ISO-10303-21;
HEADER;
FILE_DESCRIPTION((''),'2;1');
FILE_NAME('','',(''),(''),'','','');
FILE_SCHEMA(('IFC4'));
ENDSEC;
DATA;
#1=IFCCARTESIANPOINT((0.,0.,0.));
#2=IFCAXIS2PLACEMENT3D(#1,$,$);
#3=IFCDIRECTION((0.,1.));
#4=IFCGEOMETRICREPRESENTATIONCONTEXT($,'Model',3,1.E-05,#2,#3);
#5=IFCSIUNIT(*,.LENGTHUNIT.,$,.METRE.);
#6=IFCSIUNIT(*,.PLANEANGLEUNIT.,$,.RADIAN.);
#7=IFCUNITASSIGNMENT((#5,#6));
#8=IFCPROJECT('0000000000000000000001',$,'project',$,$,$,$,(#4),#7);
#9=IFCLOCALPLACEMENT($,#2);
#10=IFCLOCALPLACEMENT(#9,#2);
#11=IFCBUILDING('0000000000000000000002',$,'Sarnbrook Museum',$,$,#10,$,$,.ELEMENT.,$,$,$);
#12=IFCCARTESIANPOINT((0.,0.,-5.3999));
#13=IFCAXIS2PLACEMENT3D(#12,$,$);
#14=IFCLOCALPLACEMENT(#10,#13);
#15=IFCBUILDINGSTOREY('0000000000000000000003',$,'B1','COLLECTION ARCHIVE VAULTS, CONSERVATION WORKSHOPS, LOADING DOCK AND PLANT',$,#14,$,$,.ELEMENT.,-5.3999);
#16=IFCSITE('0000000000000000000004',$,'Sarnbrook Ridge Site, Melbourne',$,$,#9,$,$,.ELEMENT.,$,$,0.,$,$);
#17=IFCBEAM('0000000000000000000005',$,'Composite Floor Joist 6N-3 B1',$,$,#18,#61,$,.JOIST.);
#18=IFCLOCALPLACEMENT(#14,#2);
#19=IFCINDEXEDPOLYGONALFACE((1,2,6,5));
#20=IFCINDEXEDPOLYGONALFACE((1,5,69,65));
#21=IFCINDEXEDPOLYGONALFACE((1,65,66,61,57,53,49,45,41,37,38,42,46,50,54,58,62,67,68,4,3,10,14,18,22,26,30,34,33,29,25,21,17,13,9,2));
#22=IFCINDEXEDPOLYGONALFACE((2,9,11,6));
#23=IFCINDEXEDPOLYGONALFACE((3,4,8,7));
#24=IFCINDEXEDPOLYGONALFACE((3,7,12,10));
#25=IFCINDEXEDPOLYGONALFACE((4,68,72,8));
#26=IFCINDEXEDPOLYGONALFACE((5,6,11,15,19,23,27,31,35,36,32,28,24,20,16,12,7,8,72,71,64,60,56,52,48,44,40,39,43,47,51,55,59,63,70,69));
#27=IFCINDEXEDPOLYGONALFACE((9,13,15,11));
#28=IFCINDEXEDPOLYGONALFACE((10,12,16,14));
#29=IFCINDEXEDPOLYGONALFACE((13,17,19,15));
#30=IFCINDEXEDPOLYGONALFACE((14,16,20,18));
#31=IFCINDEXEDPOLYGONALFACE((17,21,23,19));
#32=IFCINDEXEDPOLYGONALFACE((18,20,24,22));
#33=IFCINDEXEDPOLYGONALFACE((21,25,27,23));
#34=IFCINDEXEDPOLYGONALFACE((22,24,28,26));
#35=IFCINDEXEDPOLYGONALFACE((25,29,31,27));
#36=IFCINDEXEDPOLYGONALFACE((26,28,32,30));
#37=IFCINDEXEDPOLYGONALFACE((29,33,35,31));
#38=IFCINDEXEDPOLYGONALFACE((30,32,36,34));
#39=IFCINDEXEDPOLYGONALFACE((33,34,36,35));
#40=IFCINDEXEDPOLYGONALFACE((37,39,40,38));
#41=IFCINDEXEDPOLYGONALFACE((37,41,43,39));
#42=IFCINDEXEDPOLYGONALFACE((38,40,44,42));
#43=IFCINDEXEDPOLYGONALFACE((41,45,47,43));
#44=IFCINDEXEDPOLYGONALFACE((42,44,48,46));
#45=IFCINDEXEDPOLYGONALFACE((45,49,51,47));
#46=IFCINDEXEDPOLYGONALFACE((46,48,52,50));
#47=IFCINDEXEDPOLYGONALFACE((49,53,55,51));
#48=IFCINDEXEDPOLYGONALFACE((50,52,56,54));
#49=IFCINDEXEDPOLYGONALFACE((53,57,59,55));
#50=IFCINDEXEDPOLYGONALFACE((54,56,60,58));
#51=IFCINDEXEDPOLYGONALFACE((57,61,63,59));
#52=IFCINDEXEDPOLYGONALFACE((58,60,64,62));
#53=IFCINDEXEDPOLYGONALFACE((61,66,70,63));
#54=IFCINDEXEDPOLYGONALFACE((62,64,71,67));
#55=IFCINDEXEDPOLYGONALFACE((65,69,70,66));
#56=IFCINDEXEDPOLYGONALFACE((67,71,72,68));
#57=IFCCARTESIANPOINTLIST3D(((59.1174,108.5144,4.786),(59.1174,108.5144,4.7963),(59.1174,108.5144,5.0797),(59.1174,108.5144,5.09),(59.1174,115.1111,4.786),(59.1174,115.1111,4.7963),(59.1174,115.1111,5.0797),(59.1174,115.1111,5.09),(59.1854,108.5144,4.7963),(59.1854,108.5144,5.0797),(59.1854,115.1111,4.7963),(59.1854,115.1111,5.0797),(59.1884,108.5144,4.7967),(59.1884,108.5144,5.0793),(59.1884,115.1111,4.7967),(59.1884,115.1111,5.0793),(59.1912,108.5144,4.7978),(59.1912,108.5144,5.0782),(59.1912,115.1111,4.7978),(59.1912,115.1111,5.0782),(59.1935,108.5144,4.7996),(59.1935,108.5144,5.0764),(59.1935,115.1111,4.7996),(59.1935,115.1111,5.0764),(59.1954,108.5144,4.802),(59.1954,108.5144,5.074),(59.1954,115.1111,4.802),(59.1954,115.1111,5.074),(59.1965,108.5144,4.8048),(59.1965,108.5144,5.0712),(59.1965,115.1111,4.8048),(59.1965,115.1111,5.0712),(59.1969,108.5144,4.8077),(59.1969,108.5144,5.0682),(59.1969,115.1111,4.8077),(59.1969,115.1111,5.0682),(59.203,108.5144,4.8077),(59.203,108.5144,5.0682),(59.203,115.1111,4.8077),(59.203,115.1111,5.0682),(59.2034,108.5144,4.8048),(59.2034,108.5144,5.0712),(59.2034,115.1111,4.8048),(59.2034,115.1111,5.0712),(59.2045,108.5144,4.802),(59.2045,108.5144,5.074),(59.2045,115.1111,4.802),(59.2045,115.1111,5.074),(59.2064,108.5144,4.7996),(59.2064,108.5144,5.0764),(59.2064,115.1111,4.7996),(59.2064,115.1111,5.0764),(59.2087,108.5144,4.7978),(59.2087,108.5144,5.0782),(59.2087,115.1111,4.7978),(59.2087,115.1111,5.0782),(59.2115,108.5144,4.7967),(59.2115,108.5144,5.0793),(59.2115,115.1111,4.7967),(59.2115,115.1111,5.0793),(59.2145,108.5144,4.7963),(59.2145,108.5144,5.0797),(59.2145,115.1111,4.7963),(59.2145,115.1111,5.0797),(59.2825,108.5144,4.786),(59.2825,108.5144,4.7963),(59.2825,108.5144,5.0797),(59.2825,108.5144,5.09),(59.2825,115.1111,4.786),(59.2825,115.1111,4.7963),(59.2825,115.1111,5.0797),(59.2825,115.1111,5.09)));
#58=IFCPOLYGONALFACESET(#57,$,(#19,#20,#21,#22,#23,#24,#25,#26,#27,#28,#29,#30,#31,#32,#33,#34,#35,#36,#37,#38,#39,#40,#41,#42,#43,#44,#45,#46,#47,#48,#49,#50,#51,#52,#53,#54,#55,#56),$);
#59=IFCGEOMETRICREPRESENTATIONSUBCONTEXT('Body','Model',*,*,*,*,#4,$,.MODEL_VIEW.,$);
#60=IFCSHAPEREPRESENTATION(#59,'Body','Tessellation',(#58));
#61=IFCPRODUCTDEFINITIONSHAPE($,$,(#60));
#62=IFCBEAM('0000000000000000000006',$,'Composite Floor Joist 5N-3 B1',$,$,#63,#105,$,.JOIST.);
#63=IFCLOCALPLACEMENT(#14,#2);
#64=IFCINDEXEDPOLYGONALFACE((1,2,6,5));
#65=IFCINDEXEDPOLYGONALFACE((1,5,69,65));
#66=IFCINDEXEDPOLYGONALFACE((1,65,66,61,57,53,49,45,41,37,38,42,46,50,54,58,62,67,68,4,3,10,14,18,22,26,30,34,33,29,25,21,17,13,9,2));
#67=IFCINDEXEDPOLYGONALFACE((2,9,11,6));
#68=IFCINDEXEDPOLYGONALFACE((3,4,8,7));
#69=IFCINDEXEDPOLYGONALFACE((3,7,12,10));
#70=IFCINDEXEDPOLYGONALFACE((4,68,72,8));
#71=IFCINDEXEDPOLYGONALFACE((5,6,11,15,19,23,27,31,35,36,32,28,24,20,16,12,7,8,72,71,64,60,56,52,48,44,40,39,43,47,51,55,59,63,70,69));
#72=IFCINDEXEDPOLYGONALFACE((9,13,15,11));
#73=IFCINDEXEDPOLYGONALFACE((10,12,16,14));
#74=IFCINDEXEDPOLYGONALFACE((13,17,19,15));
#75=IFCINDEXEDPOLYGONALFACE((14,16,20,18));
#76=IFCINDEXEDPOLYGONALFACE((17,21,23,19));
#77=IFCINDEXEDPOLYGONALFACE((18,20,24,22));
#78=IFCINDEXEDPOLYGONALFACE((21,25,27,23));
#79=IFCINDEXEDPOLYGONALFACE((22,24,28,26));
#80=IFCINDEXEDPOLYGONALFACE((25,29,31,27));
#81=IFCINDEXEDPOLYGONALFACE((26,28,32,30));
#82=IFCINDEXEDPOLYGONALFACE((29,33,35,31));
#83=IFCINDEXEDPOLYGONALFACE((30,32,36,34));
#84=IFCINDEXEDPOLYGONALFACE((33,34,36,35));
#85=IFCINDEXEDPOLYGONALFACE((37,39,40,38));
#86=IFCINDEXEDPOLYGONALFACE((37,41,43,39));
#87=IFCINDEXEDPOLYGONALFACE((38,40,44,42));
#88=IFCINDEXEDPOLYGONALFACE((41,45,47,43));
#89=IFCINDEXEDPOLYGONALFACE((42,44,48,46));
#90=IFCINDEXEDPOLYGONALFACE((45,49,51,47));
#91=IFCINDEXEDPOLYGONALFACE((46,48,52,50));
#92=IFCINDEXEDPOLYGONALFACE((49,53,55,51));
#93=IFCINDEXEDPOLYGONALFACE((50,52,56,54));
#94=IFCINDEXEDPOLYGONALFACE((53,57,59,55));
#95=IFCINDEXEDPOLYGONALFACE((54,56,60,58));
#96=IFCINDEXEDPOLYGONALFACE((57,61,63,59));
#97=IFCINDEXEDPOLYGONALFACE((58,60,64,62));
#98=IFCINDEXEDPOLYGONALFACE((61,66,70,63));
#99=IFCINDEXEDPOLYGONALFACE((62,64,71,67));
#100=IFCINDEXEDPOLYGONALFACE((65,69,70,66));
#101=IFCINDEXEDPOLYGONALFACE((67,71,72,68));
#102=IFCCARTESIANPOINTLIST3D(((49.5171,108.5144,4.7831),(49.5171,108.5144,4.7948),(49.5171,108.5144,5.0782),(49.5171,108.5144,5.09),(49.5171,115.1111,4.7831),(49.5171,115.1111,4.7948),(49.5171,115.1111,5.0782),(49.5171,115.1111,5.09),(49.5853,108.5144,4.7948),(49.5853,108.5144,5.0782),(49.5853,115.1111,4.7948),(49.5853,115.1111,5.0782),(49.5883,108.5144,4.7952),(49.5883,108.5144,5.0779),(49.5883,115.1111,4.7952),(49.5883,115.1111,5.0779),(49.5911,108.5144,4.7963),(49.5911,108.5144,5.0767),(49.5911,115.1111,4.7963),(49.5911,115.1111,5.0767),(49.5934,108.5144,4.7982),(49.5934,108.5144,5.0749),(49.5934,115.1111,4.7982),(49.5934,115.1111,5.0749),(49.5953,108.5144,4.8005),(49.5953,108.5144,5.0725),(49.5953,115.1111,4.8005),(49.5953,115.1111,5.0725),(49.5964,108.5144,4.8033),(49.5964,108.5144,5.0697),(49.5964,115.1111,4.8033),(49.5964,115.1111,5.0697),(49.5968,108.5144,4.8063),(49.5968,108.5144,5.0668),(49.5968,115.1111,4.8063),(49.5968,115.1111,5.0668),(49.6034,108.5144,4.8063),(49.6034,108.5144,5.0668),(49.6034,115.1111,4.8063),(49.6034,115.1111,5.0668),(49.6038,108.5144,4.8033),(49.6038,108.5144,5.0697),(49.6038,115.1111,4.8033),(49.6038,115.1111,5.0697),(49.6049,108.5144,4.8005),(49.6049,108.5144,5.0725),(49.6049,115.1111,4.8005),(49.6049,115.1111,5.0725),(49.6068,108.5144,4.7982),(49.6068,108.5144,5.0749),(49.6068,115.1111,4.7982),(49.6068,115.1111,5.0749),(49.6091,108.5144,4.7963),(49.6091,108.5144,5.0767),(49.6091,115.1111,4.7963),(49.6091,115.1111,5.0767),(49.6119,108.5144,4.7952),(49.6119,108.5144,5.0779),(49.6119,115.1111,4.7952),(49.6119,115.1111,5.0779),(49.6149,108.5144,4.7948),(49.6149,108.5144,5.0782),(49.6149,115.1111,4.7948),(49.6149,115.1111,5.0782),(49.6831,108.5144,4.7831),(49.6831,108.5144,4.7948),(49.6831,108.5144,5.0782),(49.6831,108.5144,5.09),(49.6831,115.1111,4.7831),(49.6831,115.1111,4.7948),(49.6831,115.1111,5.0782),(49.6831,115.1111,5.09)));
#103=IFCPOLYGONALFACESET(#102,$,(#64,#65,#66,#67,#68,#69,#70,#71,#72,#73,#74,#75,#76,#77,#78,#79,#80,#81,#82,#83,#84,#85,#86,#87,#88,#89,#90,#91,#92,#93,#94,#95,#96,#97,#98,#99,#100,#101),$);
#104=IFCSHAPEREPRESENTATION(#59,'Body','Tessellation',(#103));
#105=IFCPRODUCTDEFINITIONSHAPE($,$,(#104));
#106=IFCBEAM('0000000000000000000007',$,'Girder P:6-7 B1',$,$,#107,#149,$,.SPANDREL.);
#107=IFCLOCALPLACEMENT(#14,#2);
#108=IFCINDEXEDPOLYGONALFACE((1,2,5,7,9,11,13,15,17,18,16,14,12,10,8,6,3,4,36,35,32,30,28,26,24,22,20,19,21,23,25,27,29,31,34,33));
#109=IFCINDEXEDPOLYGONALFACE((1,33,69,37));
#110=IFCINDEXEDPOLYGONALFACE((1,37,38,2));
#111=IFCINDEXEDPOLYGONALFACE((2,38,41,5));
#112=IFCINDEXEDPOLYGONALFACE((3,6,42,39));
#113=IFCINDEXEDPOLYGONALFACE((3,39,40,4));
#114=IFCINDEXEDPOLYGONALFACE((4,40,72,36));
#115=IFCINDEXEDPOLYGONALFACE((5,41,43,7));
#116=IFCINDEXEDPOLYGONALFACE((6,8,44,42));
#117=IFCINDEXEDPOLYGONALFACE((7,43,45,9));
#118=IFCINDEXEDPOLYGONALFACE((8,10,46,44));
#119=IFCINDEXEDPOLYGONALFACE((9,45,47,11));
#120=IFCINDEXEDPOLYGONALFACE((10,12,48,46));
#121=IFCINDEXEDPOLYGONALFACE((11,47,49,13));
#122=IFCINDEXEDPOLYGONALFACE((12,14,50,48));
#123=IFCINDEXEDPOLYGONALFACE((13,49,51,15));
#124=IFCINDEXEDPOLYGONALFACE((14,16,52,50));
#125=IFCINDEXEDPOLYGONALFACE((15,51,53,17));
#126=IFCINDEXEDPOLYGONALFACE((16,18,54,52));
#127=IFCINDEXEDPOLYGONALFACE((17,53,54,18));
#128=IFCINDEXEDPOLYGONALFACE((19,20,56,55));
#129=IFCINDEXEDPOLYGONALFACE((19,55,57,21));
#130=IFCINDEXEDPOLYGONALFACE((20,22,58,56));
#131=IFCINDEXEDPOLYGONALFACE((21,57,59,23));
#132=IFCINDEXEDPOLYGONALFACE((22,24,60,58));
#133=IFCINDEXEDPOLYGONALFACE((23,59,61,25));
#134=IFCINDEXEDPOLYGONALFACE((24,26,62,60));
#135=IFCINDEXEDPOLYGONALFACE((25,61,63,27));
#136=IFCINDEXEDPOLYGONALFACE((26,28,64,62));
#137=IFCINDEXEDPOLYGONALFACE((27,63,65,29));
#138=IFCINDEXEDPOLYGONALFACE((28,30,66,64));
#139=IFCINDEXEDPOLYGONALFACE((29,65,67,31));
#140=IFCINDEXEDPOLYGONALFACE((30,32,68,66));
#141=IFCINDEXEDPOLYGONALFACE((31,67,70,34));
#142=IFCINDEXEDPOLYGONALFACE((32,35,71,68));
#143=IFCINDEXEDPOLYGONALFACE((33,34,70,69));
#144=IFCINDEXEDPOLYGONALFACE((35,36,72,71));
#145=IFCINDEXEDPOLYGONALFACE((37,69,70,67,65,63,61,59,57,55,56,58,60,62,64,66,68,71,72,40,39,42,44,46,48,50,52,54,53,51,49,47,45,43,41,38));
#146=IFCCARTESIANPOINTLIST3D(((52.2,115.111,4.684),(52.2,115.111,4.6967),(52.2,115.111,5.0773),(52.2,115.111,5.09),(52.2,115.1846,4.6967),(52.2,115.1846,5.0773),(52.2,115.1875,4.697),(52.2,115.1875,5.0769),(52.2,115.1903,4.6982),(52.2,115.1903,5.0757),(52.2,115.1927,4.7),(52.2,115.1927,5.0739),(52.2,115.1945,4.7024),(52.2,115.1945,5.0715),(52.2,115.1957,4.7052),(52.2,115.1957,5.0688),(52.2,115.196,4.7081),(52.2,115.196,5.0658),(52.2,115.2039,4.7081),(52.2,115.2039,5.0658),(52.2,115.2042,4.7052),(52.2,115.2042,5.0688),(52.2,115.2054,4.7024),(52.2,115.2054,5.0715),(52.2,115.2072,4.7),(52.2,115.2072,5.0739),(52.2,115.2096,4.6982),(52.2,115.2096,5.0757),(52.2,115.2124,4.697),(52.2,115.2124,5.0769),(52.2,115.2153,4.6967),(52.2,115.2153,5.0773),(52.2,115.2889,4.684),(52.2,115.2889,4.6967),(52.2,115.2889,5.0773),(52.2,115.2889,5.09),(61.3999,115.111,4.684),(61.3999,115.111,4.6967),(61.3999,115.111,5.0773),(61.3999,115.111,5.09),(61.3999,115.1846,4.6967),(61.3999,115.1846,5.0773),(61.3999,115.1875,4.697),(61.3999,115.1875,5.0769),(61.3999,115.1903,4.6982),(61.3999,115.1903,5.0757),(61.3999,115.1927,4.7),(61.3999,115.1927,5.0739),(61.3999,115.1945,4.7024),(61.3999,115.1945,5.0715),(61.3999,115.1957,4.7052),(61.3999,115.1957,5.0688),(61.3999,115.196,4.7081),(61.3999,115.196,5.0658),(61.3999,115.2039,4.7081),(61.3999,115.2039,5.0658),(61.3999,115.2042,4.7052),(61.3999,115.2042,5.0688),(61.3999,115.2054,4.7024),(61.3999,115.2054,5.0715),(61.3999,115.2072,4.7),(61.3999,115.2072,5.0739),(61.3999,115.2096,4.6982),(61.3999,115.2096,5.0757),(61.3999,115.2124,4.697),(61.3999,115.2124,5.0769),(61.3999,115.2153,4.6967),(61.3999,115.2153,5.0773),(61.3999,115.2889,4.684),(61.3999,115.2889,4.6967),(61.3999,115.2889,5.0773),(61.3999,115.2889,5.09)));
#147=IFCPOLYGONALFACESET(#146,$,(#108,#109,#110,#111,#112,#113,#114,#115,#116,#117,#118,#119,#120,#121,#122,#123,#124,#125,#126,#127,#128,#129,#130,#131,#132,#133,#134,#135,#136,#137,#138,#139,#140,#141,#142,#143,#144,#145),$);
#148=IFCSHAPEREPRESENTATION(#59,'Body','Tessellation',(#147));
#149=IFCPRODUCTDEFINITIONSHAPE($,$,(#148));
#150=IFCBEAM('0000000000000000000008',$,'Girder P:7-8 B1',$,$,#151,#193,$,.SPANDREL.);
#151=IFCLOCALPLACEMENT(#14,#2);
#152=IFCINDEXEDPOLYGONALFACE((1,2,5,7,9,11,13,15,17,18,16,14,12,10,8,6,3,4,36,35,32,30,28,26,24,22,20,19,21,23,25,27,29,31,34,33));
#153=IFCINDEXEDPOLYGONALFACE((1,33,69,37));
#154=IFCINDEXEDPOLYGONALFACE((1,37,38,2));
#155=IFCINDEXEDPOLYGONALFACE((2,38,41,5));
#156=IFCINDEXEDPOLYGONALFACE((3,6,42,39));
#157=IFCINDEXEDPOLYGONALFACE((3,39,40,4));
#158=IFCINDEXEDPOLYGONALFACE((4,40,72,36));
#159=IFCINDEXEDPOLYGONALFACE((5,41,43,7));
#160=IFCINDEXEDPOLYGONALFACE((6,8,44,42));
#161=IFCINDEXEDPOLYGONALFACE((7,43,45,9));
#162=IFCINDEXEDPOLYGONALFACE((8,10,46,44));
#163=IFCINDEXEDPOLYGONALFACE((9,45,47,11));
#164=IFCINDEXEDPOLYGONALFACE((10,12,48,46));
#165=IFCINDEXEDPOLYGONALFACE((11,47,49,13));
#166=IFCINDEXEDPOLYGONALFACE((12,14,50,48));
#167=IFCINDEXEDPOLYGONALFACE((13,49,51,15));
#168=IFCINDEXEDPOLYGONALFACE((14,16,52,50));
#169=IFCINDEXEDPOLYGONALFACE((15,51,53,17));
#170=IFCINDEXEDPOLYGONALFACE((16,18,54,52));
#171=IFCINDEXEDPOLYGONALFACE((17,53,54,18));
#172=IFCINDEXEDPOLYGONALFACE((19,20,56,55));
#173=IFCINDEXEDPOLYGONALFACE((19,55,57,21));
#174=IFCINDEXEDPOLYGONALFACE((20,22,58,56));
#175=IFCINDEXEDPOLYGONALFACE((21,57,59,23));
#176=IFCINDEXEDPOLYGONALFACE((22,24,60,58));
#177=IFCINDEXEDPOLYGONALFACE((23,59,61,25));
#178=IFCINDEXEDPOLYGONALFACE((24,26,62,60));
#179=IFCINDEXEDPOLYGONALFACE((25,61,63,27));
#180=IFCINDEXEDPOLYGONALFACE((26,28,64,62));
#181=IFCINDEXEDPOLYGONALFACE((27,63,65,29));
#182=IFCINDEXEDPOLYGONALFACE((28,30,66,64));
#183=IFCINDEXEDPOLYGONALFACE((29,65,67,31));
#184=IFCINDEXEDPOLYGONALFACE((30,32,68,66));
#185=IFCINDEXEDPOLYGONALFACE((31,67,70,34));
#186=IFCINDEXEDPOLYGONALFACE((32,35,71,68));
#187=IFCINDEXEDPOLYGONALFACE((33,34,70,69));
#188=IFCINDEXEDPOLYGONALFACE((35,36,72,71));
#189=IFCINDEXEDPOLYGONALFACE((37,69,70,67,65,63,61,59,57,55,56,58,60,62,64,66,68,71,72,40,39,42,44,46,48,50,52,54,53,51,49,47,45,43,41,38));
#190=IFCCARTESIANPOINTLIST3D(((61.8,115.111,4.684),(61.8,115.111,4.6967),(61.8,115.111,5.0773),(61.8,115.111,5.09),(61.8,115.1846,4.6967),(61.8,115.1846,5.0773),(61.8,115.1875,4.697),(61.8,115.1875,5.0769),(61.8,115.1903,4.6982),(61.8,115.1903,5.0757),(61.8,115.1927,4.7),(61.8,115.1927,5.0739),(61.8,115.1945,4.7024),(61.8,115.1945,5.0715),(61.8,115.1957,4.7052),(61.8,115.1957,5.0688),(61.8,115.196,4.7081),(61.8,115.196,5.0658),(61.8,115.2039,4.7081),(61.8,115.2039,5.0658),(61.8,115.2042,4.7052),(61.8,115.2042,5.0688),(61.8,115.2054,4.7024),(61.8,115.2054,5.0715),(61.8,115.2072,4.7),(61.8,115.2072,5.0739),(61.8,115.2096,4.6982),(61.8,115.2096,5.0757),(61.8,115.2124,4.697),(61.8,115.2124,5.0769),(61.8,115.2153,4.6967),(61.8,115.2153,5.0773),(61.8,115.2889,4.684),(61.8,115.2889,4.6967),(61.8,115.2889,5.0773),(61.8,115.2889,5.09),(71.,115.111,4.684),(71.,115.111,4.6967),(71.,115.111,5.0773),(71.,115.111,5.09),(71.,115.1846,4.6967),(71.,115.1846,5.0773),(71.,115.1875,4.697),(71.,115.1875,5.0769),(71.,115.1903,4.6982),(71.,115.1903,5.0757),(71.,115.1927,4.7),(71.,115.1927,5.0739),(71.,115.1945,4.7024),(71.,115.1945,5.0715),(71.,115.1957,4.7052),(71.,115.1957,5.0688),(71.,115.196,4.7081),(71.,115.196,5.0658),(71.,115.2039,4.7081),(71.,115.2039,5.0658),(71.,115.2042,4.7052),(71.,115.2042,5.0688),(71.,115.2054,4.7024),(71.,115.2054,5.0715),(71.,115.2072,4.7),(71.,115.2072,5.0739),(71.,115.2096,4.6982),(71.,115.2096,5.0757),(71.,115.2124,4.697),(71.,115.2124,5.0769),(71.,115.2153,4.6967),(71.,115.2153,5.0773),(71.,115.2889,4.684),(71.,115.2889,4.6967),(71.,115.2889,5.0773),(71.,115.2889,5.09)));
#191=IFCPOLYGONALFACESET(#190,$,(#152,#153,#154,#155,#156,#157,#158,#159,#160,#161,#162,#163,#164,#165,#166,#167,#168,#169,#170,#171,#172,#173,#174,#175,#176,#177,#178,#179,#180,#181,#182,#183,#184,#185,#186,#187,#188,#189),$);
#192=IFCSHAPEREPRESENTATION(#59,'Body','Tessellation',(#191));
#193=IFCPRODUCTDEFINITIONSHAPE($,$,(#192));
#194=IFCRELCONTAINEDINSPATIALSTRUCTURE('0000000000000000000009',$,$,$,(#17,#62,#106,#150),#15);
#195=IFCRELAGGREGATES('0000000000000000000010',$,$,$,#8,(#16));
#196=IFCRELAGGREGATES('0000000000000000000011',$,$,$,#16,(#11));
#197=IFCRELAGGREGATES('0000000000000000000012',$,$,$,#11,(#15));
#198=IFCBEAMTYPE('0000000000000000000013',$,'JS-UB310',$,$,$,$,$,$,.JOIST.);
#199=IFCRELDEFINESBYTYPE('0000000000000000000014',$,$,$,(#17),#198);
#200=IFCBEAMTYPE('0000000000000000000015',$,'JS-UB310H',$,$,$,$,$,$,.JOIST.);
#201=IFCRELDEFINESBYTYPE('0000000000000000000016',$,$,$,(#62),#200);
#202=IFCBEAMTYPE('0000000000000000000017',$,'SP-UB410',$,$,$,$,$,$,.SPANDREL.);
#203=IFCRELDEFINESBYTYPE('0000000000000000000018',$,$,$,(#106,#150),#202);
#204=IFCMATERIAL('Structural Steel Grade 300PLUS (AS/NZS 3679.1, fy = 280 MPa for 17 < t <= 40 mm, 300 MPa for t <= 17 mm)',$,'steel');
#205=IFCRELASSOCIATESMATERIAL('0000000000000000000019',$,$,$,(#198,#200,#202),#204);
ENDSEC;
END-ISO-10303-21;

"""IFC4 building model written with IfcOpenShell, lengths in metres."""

from ifc_helpers import new_model, si_unit, direction, frame, origin, origin_2d, place, context, subcontext, project, spatial, i_section, extrude, material, material_profile, profile_set, type_object, element, save


model = new_model("IFC4")

# Units and contexts
model_context = context("Model", 3, precision=1e-05, world=origin(), true_north=direction((0.0, 1.0)))
body_context = subcontext(model_context, "Body", "Model", "MODEL_VIEW")
ifc_project = project(units=[si_unit("LENGTHUNIT", "METRE"), si_unit("PLANEANGLEUNIT", "RADIAN")], contexts=[model_context])

# Site, building, storey
site_placement = place(None, origin())
site = spatial("IfcSite", under=ifc_project, at=site_placement, Name="Sarnbrook Ridge Site, Melbourne", CompositionType="ELEMENT", RefElevation=0.0)
building_placement = place(site_placement, origin())
building = spatial("IfcBuilding", under=site, at=building_placement, Name="Sarnbrook Museum", CompositionType="ELEMENT")
storey_placement = place(building_placement, frame((0.0, 0.0, -5.3999)))
storey = spatial("IfcBuildingStorey", under=building, at=storey_placement, Name="B1", Description="COLLECTION ARCHIVE VAULTS, CONSERVATION WORKSHOPS, LOADING DOCK AND PLANT", CompositionType="ELEMENT", Elevation=-5.3999)

# Beams
ifc_material_1 = material(Name="Structural Steel Grade 300PLUS (AS/NZS 3679.1, fy = 280 MPa for 17 < t <= 40 mm, 300 MPa for t <= 17 mm)", Category="steel")
ifc_material_profile_1 = material_profile(ifc_material_1, i_section(OverallWidth=0.165, OverallDepth=0.304, WebThickness=0.0061, FlangeThickness=0.0103, FilletRadius=0.0115, at=origin_2d()), Name="310UB40.4")
ifc_profile_set_1 = profile_set([ifc_material_profile_1], Name="Structural Steel Grade 300PLUS (AS/NZS 3679.1, fy = 280 MPa for 17 < t <= 40 mm, 300 MPa for t <= 17 mm)")
beam_type_1 = type_object("IfcBeamType", Name="JS-UB310", PredefinedType="JOIST", material=ifc_profile_set_1)
for number, where, z_axis, x_axis, name in (
    (1, (59.2, 108.5144, 4.938), (0.0, 1.0, 0.0), (-1.0, 0.0, 0.0), "Composite Floor Joist 6N-3 B1"),
):
    element("IfcBeam", number, at=place(storey_placement, frame(where, z_axis=z_axis, x_axis=x_axis)), inside=storey, type_object=beam_type_1, Name=name, PredefinedType="JOIST", context=body_context, shape_type="SweptSolid", body=[
        extrude(i_section(OverallWidth=0.165, OverallDepth=0.304, WebThickness=0.0061, FlangeThickness=0.0103, FilletRadius=0.0115, at=origin_2d()), origin(), (0.0, 0.0, 1.0), 6.5967),
    ])
ifc_material_profile_2 = material_profile(ifc_material_1, i_section(OverallWidth=0.166, OverallDepth=0.3069, WebThickness=0.0066, FlangeThickness=0.0117, FilletRadius=0.0115, at=origin_2d()), Name="310UB46.2")
ifc_profile_set_2 = profile_set([ifc_material_profile_2], Name="Structural Steel Grade 300PLUS (AS/NZS 3679.1, fy = 280 MPa for 17 < t <= 40 mm, 300 MPa for t <= 17 mm)")
beam_type_2 = type_object("IfcBeamType", Name="JS-UB310H", PredefinedType="JOIST", material=ifc_profile_set_2)
beam_1_placement = place(storey_placement, frame((49.6001, 108.5144, 4.9365), z_axis=(0.0, 1.0, 0.0), x_axis=(-1.0, 0.0, 0.0)))
element("IfcBeam", 2, at=beam_1_placement, inside=storey, type_object=beam_type_2, Name="Composite Floor Joist 5N-3 B1", PredefinedType="JOIST", context=body_context, shape_type="SweptSolid", body=[
    extrude(i_section(OverallWidth=0.166, OverallDepth=0.3069, WebThickness=0.0066, FlangeThickness=0.0117, FilletRadius=0.0115, at=origin_2d()), origin(), (0.0, 0.0, 1.0), 6.5967),
])
ifc_material_profile_3 = material_profile(ifc_material_1, i_section(OverallWidth=0.178, OverallDepth=0.406, WebThickness=0.0078, FlangeThickness=0.0127, FilletRadius=0.0115, at=origin_2d()), Name="410UB59.7")
ifc_profile_set_3 = profile_set([ifc_material_profile_3], Name="Structural Steel Grade 300PLUS (AS/NZS 3679.1, fy = 280 MPa for 17 < t <= 40 mm, 300 MPa for t <= 17 mm)")
beam_type_3 = type_object("IfcBeamType", Name="SP-UB410", PredefinedType="SPANDREL", material=ifc_profile_set_3)
for number, where, z_axis, x_axis, name in (
    (3, (52.2, 115.2, 4.887), (1.0, 0.0, 0.0), (0.0, 1.0, 0.0), "Girder P:6-7 B1"),
    (4, (61.8, 115.2, 4.887), (1.0, 0.0, 0.0), (0.0, 1.0, 0.0), "Girder P:7-8 B1"),
):
    element("IfcBeam", number, at=place(storey_placement, frame(where, z_axis=z_axis, x_axis=x_axis)), inside=storey, type_object=beam_type_3, Name=name, PredefinedType="SPANDREL", context=body_context, shape_type="SweptSolid", body=[
        extrude(i_section(OverallWidth=0.178, OverallDepth=0.406, WebThickness=0.0078, FlangeThickness=0.0127, FilletRadius=0.0115, at=origin_2d()), origin(), (0.0, 0.0, 1.0), 9.2),
    ])

save(model, "model.ifc")
